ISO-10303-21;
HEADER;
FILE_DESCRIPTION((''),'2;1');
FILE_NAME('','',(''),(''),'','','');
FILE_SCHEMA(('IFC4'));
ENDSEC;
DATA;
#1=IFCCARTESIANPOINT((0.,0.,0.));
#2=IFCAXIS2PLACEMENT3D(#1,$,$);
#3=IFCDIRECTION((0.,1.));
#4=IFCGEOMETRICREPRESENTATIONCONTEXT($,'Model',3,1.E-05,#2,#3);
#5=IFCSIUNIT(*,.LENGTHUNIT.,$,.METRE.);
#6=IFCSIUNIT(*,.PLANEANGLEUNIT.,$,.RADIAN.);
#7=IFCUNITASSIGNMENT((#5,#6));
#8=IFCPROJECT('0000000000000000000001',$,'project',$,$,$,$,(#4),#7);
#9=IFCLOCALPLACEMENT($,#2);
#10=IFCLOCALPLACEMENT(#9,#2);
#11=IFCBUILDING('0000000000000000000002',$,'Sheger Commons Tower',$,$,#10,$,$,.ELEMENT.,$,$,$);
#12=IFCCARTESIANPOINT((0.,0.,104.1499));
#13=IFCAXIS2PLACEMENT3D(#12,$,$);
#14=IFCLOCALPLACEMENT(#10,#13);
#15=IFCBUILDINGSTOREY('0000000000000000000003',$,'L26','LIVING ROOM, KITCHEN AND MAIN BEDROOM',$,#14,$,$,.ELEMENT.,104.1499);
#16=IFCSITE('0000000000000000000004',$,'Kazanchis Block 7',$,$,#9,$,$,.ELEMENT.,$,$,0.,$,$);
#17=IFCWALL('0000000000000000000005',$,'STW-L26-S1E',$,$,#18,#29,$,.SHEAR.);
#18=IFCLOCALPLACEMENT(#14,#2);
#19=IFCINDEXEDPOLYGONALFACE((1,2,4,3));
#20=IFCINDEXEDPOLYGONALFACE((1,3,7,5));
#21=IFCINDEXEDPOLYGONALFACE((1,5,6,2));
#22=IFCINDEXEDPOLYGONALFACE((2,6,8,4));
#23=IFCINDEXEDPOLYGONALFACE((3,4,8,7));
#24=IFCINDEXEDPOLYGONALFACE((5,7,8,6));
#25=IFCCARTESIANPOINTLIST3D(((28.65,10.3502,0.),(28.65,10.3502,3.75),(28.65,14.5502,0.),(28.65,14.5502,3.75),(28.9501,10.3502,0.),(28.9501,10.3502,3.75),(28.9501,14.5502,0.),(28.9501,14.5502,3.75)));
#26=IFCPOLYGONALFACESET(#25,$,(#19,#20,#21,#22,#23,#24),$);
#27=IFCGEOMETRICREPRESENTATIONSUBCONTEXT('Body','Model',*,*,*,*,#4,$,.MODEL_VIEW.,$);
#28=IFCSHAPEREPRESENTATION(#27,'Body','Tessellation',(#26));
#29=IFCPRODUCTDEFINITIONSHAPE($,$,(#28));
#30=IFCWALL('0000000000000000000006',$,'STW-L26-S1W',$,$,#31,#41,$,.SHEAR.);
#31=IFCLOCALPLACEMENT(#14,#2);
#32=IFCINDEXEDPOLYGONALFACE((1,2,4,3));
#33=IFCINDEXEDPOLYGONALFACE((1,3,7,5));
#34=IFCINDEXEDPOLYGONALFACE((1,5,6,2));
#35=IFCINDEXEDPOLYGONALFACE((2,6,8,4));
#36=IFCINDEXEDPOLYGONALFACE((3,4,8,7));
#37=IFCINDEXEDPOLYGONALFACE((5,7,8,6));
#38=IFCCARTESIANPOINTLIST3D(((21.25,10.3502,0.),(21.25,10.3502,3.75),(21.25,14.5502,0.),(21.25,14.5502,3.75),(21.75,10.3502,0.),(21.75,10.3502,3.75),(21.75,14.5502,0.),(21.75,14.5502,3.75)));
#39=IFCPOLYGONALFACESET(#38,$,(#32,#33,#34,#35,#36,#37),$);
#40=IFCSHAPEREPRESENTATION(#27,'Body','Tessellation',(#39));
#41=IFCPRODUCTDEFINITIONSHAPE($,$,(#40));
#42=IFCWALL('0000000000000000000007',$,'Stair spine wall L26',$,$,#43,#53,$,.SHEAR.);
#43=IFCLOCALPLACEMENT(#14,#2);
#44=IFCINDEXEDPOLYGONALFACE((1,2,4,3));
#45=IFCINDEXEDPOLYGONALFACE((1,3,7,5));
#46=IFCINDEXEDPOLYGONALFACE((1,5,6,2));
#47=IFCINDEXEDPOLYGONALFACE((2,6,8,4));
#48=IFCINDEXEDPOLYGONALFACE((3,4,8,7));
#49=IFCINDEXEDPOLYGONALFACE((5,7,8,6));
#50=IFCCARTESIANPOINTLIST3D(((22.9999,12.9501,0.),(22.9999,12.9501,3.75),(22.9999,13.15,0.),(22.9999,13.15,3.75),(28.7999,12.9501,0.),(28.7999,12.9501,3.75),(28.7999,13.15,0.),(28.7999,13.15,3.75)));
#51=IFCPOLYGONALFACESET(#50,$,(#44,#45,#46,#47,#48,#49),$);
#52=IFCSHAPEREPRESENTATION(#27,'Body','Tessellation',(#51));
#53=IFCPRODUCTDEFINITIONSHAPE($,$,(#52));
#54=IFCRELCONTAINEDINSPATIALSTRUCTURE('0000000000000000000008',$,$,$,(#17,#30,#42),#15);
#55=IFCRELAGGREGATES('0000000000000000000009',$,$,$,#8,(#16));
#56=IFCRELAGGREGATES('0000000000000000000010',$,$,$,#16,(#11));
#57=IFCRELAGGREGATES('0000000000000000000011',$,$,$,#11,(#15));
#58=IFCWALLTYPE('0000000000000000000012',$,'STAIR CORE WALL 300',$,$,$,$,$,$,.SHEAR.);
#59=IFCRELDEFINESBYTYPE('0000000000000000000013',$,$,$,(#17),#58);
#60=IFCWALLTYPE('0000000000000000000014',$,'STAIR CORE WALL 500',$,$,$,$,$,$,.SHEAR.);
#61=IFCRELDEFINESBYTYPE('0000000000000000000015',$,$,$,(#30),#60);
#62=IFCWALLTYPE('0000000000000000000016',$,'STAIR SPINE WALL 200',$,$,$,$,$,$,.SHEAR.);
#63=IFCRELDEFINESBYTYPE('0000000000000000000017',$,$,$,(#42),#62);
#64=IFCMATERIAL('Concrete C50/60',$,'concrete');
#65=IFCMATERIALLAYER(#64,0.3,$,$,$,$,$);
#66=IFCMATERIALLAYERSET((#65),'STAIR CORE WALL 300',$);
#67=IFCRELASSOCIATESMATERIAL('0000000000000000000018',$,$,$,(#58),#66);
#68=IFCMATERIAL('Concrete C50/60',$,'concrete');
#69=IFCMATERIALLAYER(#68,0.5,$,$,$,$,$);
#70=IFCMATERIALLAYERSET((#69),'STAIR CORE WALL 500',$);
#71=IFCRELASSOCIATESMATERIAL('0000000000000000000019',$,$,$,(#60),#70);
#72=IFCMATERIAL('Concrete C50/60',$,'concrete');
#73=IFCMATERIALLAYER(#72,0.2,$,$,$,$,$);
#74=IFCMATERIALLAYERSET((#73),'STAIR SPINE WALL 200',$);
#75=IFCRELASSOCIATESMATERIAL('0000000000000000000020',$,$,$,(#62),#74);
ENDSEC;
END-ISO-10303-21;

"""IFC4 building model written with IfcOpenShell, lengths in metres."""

from ifc_helpers import new_model, si_unit, direction, frame, frame_2d, origin, place, context, subcontext, project, spatial, rectangle, extrude, material, layer, layer_set, type_object, element, save


model = new_model("IFC4")

# Units and contexts
model_context = context("Model", 3, precision=1e-05, world=origin(), true_north=direction((0.0, 1.0)))
body_context = subcontext(model_context, "Body", "Model", "MODEL_VIEW")
ifc_project = project(units=[si_unit("LENGTHUNIT", "METRE"), si_unit("PLANEANGLEUNIT", "RADIAN")], contexts=[model_context])

# Site, building, storey
site_placement = place(None, origin())
site = spatial("IfcSite", under=ifc_project, at=site_placement, Name="Kazanchis Block 7", CompositionType="ELEMENT", RefElevation=0.0)
building_placement = place(site_placement, origin())
building = spatial("IfcBuilding", under=site, at=building_placement, Name="Sheger Commons Tower", CompositionType="ELEMENT")
storey_placement = place(building_placement, frame((0.0, 0.0, 104.1499)))
storey = spatial("IfcBuildingStorey", under=building, at=storey_placement, Name="L26", Description="LIVING ROOM, KITCHEN AND MAIN BEDROOM", CompositionType="ELEMENT", Elevation=104.1499)

# Shared definitions
ifc_material_1 = material(Name="Concrete C50/60", Category="concrete")
ifc_layer_1 = layer(ifc_material_1, 0.3)
ifc_layer_set_1 = layer_set([ifc_layer_1], Name="STAIR CORE WALL 300")
wall_type_1 = type_object("IfcWallType", Name="STAIR CORE WALL 300", PredefinedType="SHEAR", material=ifc_layer_set_1)

# Walls
wall_1_placement = place(storey_placement, frame((28.8, 10.3501, 0.0), z_axis=(0.0, 0.0, 1.0), x_axis=(0.0, 1.0, 0.0)))
element("IfcWall", 1, at=wall_1_placement, inside=storey, type_object=wall_type_1, Name="STW-L26-S1E", PredefinedType="SHEAR", context=body_context, shape_type="SweptSolid", body=[
    extrude(rectangle(XDim=4.2, YDim=0.3, at=frame_2d((2.1001, 0.0))), origin(), (0.0, 0.0, 1.0), 3.75),
])
ifc_material_2 = material(Name="Concrete C50/60", Category="concrete")
ifc_layer_2 = layer(ifc_material_2, 0.5)
ifc_layer_set_2 = layer_set([ifc_layer_2], Name="STAIR CORE WALL 500")
wall_type_2 = type_object("IfcWallType", Name="STAIR CORE WALL 500", PredefinedType="SHEAR", material=ifc_layer_set_2)
wall_2_placement = place(storey_placement, frame((21.5, 10.3501, 0.0), z_axis=(0.0, 0.0, 1.0), x_axis=(0.0, 1.0, 0.0)))
element("IfcWall", 2, at=wall_2_placement, inside=storey, type_object=wall_type_2, Name="STW-L26-S1W", PredefinedType="SHEAR", context=body_context, shape_type="SweptSolid", body=[
    extrude(rectangle(XDim=4.2, YDim=0.5, at=frame_2d((2.1001, 0.0))), origin(), (0.0, 0.0, 1.0), 3.75),
])
ifc_material_3 = material(Name="Concrete C50/60", Category="concrete")
ifc_layer_3 = layer(ifc_material_3, 0.2)
ifc_layer_set_3 = layer_set([ifc_layer_3], Name="STAIR SPINE WALL 200")
wall_type_3 = type_object("IfcWallType", Name="STAIR SPINE WALL 200", PredefinedType="SHEAR", material=ifc_layer_set_3)
wall_3_placement = place(storey_placement, frame((23.0, 13.05, 0.0), z_axis=(0.0, 0.0, 1.0), x_axis=(1.0, 0.0, 0.0)))
element("IfcWall", 3, at=wall_3_placement, inside=storey, type_object=wall_type_3, Name="Stair spine wall L26", PredefinedType="SHEAR", context=body_context, shape_type="SweptSolid", body=[
    extrude(rectangle(XDim=5.8, YDim=0.2, at=frame_2d((2.8999, 0.0))), origin(), (0.0, 0.0, 1.0), 3.75),
])

save(model, "model.ifc")
